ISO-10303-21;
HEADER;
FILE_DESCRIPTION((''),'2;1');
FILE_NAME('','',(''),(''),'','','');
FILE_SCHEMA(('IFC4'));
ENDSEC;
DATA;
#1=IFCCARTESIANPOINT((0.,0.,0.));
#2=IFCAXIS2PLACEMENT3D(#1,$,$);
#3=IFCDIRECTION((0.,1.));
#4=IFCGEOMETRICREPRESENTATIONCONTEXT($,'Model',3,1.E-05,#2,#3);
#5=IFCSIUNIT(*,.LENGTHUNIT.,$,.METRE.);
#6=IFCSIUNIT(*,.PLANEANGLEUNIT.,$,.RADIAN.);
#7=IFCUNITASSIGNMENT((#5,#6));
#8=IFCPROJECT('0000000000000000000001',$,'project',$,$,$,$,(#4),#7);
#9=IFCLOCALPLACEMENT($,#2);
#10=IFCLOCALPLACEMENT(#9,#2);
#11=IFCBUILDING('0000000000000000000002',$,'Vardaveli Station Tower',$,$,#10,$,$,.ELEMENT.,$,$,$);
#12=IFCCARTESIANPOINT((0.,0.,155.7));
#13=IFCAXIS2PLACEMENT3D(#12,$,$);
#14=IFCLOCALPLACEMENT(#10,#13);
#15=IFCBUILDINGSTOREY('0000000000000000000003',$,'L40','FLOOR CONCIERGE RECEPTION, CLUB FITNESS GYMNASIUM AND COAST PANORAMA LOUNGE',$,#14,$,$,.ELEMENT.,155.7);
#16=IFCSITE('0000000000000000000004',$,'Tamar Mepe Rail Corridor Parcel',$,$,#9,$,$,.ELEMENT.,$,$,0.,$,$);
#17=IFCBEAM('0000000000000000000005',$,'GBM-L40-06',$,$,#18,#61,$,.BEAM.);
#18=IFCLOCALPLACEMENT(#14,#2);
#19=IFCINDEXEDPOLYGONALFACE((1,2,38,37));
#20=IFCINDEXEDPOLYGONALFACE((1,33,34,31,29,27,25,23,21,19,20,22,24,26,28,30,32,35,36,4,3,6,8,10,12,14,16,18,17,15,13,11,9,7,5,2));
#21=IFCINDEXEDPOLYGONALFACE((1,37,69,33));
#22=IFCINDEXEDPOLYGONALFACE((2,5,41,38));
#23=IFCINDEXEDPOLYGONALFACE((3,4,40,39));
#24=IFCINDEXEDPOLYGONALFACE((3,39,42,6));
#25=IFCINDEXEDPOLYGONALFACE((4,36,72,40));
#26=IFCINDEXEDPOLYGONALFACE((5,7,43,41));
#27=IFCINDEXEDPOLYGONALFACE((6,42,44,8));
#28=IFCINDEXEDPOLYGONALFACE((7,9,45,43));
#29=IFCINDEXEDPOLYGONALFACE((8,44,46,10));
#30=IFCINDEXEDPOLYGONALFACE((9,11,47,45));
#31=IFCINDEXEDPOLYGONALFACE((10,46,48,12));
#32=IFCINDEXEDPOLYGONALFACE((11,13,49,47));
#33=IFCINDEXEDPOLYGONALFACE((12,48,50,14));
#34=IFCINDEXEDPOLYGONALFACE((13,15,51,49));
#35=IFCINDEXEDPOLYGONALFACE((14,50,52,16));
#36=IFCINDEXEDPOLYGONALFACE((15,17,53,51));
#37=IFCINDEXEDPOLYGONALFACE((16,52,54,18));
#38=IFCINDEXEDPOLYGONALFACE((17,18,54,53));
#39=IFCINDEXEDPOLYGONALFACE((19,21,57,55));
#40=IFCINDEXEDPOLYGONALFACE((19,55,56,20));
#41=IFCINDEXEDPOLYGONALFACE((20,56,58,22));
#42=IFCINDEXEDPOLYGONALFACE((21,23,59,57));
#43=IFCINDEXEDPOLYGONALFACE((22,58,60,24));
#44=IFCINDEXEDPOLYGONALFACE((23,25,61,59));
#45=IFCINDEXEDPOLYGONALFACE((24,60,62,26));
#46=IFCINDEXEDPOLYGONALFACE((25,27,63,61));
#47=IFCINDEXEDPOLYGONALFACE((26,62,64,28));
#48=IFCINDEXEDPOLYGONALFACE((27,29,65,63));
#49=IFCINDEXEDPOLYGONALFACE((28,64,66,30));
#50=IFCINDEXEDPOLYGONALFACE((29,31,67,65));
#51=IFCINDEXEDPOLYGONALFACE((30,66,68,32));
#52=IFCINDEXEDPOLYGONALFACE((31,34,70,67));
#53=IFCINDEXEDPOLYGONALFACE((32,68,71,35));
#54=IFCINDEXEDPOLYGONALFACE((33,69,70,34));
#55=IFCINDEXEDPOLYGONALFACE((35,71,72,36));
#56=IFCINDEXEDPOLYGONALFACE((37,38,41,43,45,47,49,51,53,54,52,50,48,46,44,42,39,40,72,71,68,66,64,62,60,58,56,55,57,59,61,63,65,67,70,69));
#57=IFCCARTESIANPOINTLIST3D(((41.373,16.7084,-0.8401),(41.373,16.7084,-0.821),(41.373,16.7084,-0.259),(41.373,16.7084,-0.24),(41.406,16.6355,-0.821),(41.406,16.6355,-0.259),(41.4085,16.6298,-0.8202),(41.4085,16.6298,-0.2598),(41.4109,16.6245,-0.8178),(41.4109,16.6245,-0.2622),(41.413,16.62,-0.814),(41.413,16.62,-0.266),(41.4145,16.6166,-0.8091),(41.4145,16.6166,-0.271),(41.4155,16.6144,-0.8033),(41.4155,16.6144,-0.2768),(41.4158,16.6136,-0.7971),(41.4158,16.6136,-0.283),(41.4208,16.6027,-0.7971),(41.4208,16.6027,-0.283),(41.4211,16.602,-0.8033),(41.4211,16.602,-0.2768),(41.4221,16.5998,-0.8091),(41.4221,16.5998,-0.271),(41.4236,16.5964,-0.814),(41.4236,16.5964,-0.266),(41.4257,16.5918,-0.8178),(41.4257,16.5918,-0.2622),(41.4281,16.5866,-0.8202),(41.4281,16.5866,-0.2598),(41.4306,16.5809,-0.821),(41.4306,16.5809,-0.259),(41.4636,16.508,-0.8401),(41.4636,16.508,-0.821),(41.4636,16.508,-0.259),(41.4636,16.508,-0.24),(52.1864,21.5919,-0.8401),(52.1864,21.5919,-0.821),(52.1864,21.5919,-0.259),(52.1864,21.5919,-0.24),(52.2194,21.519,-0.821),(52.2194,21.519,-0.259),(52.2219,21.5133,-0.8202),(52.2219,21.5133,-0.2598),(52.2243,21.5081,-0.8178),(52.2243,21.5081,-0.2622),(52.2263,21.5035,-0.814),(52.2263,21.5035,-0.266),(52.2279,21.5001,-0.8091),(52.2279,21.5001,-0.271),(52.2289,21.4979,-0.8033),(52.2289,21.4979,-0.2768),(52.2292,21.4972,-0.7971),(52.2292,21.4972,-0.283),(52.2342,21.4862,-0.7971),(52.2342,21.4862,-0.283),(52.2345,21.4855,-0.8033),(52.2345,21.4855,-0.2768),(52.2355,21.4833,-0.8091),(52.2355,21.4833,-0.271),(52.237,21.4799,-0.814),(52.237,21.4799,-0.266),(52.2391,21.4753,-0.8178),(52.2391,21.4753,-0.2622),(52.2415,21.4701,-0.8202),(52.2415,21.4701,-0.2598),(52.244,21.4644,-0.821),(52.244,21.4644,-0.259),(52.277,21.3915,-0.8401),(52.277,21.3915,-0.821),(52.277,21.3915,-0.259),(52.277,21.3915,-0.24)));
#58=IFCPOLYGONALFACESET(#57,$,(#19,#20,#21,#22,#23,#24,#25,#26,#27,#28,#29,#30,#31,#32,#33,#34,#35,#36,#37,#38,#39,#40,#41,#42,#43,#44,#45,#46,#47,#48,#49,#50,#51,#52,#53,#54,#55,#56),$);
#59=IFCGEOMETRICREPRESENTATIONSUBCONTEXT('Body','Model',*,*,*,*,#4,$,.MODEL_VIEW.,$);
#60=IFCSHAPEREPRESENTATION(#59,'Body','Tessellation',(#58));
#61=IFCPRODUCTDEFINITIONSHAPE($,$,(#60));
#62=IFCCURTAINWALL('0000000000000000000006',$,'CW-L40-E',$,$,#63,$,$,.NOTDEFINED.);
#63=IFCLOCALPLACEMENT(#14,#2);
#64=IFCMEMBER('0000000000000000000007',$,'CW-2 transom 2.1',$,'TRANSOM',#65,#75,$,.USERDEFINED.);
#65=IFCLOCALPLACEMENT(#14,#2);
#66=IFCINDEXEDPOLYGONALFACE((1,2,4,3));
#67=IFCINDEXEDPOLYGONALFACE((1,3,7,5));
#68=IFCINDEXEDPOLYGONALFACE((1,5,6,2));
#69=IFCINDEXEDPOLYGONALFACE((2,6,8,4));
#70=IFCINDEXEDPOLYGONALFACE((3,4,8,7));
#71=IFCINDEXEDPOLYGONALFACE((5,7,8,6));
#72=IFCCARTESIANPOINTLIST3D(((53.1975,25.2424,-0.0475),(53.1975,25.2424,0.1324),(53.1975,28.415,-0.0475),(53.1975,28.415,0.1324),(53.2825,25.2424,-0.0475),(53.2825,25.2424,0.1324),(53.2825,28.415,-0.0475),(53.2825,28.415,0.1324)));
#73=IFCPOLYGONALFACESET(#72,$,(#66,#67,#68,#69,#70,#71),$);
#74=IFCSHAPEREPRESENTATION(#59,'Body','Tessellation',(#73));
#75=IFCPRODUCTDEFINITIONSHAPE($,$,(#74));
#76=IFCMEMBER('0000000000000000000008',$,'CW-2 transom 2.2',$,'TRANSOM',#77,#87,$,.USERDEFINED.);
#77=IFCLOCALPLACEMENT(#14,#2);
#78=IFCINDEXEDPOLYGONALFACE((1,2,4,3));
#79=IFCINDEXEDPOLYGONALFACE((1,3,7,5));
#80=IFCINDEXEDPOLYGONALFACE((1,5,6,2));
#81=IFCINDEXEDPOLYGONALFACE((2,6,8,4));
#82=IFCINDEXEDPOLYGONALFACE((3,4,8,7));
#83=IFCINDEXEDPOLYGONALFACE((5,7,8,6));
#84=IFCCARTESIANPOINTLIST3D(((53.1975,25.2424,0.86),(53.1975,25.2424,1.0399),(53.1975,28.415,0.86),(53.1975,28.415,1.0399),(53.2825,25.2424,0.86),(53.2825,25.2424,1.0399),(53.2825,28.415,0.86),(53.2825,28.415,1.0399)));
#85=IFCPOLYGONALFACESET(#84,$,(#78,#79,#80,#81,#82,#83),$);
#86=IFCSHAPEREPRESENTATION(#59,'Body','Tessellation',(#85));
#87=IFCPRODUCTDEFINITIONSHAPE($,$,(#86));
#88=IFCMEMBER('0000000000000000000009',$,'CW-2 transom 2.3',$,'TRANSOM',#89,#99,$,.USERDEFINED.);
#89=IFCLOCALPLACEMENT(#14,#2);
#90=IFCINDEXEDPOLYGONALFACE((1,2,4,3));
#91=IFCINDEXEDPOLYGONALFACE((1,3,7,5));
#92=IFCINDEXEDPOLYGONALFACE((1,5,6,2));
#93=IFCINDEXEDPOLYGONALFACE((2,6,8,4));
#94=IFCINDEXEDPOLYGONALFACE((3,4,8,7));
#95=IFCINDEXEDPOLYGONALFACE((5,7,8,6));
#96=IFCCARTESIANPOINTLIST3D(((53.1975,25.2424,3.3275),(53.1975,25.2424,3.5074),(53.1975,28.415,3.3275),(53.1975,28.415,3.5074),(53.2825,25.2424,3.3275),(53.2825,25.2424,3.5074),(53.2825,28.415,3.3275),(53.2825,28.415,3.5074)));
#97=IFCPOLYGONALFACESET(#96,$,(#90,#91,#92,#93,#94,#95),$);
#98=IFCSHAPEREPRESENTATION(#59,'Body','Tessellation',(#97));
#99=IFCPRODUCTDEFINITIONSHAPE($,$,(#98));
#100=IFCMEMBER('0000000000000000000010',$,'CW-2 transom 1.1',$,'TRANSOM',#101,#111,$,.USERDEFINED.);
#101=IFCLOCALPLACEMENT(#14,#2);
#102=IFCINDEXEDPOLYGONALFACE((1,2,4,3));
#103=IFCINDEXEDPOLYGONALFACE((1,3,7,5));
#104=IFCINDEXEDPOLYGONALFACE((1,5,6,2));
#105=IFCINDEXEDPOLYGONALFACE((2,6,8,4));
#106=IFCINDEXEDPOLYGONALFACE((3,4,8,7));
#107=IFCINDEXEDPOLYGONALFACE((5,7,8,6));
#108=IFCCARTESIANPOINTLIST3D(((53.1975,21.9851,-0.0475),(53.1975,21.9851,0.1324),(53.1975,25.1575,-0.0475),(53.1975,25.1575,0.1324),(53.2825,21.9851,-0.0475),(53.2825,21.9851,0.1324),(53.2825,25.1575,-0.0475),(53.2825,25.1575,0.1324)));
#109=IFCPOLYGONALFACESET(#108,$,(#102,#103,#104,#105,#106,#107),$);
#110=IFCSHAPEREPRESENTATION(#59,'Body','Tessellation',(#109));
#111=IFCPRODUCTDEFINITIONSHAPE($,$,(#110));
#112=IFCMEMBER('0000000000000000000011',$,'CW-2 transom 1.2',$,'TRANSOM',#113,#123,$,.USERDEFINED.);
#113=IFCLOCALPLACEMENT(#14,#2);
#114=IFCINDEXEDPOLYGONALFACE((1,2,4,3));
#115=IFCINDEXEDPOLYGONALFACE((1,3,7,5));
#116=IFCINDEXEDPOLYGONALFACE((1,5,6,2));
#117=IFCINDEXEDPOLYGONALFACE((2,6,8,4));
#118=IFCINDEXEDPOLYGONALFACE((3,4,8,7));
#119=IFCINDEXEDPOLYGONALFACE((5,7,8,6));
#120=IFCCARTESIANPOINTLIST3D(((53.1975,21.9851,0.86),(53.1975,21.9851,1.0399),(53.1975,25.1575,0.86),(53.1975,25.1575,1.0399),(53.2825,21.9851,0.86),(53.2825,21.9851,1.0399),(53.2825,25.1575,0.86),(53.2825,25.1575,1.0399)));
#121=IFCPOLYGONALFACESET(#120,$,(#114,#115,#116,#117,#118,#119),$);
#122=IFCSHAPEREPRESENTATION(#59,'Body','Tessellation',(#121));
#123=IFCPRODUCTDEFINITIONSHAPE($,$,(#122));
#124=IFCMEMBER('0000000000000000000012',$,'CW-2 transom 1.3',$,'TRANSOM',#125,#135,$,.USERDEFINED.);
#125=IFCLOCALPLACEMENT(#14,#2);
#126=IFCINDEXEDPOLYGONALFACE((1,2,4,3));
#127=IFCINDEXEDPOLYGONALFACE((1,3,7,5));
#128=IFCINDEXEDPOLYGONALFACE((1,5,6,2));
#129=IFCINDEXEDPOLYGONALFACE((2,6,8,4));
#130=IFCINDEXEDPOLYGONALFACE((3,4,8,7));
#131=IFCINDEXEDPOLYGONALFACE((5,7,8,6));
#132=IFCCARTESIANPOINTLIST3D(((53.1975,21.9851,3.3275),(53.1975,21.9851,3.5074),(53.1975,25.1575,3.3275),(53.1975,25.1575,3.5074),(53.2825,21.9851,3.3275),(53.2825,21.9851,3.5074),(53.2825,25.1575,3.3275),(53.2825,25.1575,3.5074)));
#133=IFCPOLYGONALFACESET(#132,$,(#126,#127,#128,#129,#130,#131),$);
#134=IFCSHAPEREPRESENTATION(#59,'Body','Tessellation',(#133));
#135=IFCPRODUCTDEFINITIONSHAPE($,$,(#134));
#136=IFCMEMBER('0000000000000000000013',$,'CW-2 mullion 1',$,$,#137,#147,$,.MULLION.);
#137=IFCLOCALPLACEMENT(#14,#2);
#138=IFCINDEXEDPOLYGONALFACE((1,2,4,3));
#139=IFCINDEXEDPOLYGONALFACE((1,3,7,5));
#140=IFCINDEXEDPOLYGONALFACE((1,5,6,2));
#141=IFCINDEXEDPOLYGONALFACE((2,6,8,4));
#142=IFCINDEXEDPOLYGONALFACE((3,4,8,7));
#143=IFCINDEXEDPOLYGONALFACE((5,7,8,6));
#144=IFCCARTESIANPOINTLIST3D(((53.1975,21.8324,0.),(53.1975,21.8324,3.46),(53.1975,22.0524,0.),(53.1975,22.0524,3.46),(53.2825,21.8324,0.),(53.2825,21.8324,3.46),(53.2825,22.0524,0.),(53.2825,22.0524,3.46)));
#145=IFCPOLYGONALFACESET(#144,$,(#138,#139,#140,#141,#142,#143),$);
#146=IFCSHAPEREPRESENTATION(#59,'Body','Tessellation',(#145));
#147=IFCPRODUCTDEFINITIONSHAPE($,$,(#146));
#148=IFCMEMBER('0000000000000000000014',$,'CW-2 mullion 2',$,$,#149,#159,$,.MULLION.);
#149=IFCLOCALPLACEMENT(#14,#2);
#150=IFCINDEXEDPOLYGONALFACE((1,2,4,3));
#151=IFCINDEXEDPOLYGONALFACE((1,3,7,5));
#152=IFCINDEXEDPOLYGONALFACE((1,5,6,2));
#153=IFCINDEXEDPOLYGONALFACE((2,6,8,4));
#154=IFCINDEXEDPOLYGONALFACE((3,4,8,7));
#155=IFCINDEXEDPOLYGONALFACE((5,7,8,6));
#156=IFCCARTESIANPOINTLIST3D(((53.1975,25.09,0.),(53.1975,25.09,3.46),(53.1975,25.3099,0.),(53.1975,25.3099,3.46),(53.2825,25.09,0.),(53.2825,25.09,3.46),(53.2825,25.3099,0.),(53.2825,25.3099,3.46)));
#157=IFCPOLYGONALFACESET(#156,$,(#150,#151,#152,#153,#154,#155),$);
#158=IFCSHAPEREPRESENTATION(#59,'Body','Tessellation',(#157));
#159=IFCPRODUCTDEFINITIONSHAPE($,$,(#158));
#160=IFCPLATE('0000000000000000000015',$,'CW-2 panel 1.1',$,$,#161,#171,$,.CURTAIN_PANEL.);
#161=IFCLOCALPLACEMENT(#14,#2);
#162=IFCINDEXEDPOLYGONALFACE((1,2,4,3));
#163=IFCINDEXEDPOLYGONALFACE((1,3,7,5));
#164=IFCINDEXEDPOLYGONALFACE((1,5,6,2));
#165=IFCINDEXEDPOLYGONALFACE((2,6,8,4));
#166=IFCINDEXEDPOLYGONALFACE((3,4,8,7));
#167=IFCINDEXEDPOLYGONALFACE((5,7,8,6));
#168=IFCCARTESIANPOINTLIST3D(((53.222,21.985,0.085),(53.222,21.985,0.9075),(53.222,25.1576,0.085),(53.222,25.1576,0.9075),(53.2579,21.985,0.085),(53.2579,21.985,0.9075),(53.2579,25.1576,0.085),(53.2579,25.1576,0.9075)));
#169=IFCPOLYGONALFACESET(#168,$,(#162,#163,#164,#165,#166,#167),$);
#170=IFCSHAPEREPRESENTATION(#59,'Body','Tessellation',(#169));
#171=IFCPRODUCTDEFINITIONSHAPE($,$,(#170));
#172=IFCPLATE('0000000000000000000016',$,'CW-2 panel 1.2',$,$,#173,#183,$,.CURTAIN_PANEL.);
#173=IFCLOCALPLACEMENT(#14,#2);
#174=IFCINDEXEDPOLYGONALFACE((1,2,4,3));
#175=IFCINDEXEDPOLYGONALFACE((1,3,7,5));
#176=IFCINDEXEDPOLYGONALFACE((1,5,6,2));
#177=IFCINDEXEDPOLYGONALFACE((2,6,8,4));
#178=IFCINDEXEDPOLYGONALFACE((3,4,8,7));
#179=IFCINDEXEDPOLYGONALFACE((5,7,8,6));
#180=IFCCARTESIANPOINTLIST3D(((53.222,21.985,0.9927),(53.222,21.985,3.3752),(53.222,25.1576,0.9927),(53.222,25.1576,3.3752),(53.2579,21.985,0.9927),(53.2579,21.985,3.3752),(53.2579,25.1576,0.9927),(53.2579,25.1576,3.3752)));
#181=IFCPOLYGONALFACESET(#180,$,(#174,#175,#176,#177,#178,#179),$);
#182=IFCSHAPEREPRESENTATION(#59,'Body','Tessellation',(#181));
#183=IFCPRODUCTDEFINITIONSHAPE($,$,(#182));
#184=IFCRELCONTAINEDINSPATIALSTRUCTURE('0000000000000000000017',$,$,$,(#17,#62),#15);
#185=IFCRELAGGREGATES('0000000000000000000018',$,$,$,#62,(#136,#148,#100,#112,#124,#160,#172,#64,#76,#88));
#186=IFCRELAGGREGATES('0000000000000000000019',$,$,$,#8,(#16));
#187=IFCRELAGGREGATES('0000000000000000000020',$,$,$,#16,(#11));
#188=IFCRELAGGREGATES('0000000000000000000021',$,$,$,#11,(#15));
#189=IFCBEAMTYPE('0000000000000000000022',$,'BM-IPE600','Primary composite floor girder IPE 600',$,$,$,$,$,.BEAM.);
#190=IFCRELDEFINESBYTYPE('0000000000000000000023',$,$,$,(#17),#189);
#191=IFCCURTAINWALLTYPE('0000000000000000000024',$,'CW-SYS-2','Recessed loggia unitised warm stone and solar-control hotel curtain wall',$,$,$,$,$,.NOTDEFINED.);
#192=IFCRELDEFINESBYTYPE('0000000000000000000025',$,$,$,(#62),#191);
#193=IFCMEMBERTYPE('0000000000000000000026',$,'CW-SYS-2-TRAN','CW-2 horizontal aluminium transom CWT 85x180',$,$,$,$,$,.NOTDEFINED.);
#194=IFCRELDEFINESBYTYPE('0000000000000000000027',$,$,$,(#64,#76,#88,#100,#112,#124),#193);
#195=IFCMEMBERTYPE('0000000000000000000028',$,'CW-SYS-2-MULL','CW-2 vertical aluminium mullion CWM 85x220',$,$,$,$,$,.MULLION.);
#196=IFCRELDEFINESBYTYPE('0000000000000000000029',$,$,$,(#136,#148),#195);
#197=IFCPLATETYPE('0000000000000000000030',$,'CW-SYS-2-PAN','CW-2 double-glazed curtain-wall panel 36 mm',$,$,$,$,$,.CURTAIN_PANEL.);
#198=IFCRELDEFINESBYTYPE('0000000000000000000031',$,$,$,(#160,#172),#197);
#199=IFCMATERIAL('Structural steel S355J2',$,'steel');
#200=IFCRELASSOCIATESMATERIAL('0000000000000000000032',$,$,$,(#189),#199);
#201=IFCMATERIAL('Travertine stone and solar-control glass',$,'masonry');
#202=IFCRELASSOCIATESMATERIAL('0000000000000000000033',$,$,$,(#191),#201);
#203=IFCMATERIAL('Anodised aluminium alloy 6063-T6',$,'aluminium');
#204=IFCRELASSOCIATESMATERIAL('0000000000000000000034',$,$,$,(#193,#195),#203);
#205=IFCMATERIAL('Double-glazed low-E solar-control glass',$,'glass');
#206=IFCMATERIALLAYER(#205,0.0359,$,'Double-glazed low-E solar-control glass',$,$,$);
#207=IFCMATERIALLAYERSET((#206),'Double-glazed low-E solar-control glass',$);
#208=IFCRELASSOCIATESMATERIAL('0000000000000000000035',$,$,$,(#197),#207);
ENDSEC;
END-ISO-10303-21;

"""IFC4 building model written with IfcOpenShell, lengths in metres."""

from ifc_helpers import new_model, si_unit, direction, frame, origin, origin_2d, place, context, subcontext, project, spatial, rectangle, i_section, extrude, source, transform, mapped, material, layer, layer_set, material_profile, profile_set, type_object, element, aggregate, save


model = new_model("IFC4")

# Units and contexts
model_context = context("Model", 3, precision=1e-05, world=origin(), true_north=direction((0.0, 1.0)))
body_context = subcontext(model_context, "Body", "Model", "MODEL_VIEW")
ifc_project = project(units=[si_unit("LENGTHUNIT", "METRE"), si_unit("PLANEANGLEUNIT", "RADIAN")], contexts=[model_context])

# Site, building, storey
site_placement = place(None, origin())
site = spatial("IfcSite", under=ifc_project, at=site_placement, Name="Tamar Mepe Rail Corridor Parcel", CompositionType="ELEMENT", RefElevation=0.0)
building_placement = place(site_placement, origin())
building = spatial("IfcBuilding", under=site, at=building_placement, Name="Vardaveli Station Tower", CompositionType="ELEMENT")
storey_placement = place(building_placement, frame((0.0, 0.0, 155.7)))
storey = spatial("IfcBuildingStorey", under=building, at=storey_placement, Name="L40", Description="FLOOR CONCIERGE RECEPTION, CLUB FITNESS GYMNASIUM AND COAST PANORAMA LOUNGE", CompositionType="ELEMENT", Elevation=155.7)

# Beam
ifc_material_1 = material(Name="Structural steel S355J2", Category="steel")
ifc_material_profile_1 = material_profile(ifc_material_1, i_section(OverallWidth=0.22, OverallDepth=0.6001, WebThickness=0.012, FlangeThickness=0.019, FilletRadius=0.0239, at=origin_2d()), Name="IPE 600")
ifc_profile_set_1 = profile_set([ifc_material_profile_1], Name="Structural steel S355J2")
beam_type_1 = type_object("IfcBeamType", Name="BM-IPE600", Description="Primary composite floor girder IPE 600", PredefinedType="BEAM", material=ifc_profile_set_1)
shared_shape_1 = source(origin(), body_context, "Body", "SweptSolid", [
    extrude(i_section(OverallWidth=0.22, OverallDepth=0.6001, WebThickness=0.012, FlangeThickness=0.019, FilletRadius=0.0239, at=origin_2d()), origin(), (0.0, 0.0, 1.0), 11.865),
])
beam_1_placement = place(storey_placement, frame((52.2317, 21.4917, -0.54), z_axis=(-0.911369, -0.411589, 0.0), x_axis=(0.411589, -0.911369, 0.0)))
element("IfcBeam", 1, at=beam_1_placement, inside=storey, type_object=beam_type_1, Name="GBM-L40-06", PredefinedType="BEAM", context=body_context, shape_type="MappedRepresentation", body=[
    mapped(shared_shape_1, transform((0.0, 0.0, 0.0), scale=1.0)),
])

# Curtain wall, members, plates
ifc_material_2 = material(Name="Travertine stone and solar-control glass", Category="masonry")
curtain_wall_type = type_object("IfcCurtainWallType", Name="CW-SYS-2", Description="Recessed loggia unitised warm stone and solar-control hotel curtain wall", PredefinedType="NOTDEFINED", material=ifc_material_2)
curtain_wall_placement = place(storey_placement, origin())
curtain_wall = element("IfcCurtainWall", 2, at=curtain_wall_placement, inside=storey, type_object=curtain_wall_type, Name="CW-L40-E", PredefinedType="NOTDEFINED")
ifc_material_3 = material(Name="Anodised aluminium alloy 6063-T6", Category="aluminium")
ifc_material_profile_2 = material_profile(ifc_material_3, rectangle(XDim=0.085, YDim=0.1799, at=origin_2d()), Name="CWT 85x180")
ifc_profile_set_2 = profile_set([ifc_material_profile_2], Name="Anodised aluminium alloy 6063-T6")
member_type_1 = type_object("IfcMemberType", Name="CW-SYS-2-TRAN", Description="CW-2 horizontal aluminium transom CWT 85x180", PredefinedType="NOTDEFINED", material=ifc_profile_set_2)
shared_shape_2 = source(origin(), body_context, "Body", "SweptSolid", [
    extrude(rectangle(XDim=0.085, YDim=0.1799, at=origin_2d()), origin(), (0.0, 0.0, 1.0), 3.1726),
])
member_1_placement = place(storey_placement, frame((53.24, 25.2424, 0.0425), z_axis=(0.0, 1.0, 0.0), x_axis=(-1.0, 0.0, 0.0)))
member_1 = element("IfcMember", 3, at=member_1_placement, type_object=member_type_1, Name="CW-2 transom 2.1", ObjectType="TRANSOM", PredefinedType="USERDEFINED", context=body_context, shape_type="MappedRepresentation", body=[
    mapped(shared_shape_2, transform((0.0, 0.0, 0.0), scale=1.0)),
])
member_2_placement = place(storey_placement, frame((53.24, 25.2424, 0.95), z_axis=(0.0, 1.0, 0.0), x_axis=(-1.0, 0.0, 0.0)))
member_2 = element("IfcMember", 4, at=member_2_placement, type_object=member_type_1, Name="CW-2 transom 2.2", ObjectType="TRANSOM", PredefinedType="USERDEFINED", context=body_context, shape_type="MappedRepresentation", body=[
    mapped(shared_shape_2, transform((0.0, 0.0, 0.0), scale=1.0)),
])
member_3_placement = place(storey_placement, frame((53.24, 25.2424, 3.4175), z_axis=(0.0, 1.0, 0.0), x_axis=(-1.0, 0.0, 0.0)))
member_3 = element("IfcMember", 5, at=member_3_placement, type_object=member_type_1, Name="CW-2 transom 2.3", ObjectType="TRANSOM", PredefinedType="USERDEFINED", context=body_context, shape_type="MappedRepresentation", body=[
    mapped(shared_shape_2, transform((0.0, 0.0, 0.0), scale=1.0)),
])
shared_shape_3 = source(origin(), body_context, "Body", "SweptSolid", [
    extrude(rectangle(XDim=0.085, YDim=0.1799, at=origin_2d()), origin(), (0.0, 0.0, 1.0), 3.1724),
])
member_4_placement = place(storey_placement, frame((53.24, 21.9851, 0.0425), z_axis=(0.0, 1.0, 0.0), x_axis=(-1.0, 0.0, 0.0)))
member_4 = element("IfcMember", 6, at=member_4_placement, type_object=member_type_1, Name="CW-2 transom 1.1", ObjectType="TRANSOM", PredefinedType="USERDEFINED", context=body_context, shape_type="MappedRepresentation", body=[
    mapped(shared_shape_3, transform((0.0, 0.0, 0.0), scale=1.0)),
])
member_5_placement = place(storey_placement, frame((53.24, 21.9851, 0.95), z_axis=(0.0, 1.0, 0.0), x_axis=(-1.0, 0.0, 0.0)))
member_5 = element("IfcMember", 7, at=member_5_placement, type_object=member_type_1, Name="CW-2 transom 1.2", ObjectType="TRANSOM", PredefinedType="USERDEFINED", context=body_context, shape_type="MappedRepresentation", body=[
    mapped(shared_shape_3, transform((0.0, 0.0, 0.0), scale=1.0)),
])
member_6_placement = place(storey_placement, frame((53.24, 21.9851, 3.4175), z_axis=(0.0, 1.0, 0.0), x_axis=(-1.0, 0.0, 0.0)))
member_6 = element("IfcMember", 8, at=member_6_placement, type_object=member_type_1, Name="CW-2 transom 1.3", ObjectType="TRANSOM", PredefinedType="USERDEFINED", context=body_context, shape_type="MappedRepresentation", body=[
    mapped(shared_shape_3, transform((0.0, 0.0, 0.0), scale=1.0)),
])
ifc_material_profile_3 = material_profile(ifc_material_3, rectangle(XDim=0.085, YDim=0.22, at=origin_2d()), Name="CWM 85x220")
ifc_profile_set_3 = profile_set([ifc_material_profile_3], Name="Anodised aluminium alloy 6063-T6")
member_type_2 = type_object("IfcMemberType", Name="CW-SYS-2-MULL", Description="CW-2 vertical aluminium mullion CWM 85x220", PredefinedType="MULLION", material=ifc_profile_set_3)
shared_shape_4 = source(origin(), body_context, "Body", "SweptSolid", [
    extrude(rectangle(XDim=0.085, YDim=0.22, at=origin_2d()), origin(), (0.0, 0.0, 1.0), 3.46),
])
member_7_placement = place(storey_placement, frame((53.24, 21.9424, 0.0), z_axis=(0.0, 0.0, 1.0), x_axis=(-1.0, 0.0, 0.0)))
member_7 = element("IfcMember", 9, at=member_7_placement, type_object=member_type_2, Name="CW-2 mullion 1", PredefinedType="MULLION", context=body_context, shape_type="MappedRepresentation", body=[
    mapped(shared_shape_4, transform((0.0, 0.0, 0.0), scale=1.0)),
])
member_8_placement = place(storey_placement, frame((53.24, 25.2, 0.0), z_axis=(0.0, 0.0, 1.0), x_axis=(-1.0, 0.0, 0.0)))
member_8 = element("IfcMember", 10, at=member_8_placement, type_object=member_type_2, Name="CW-2 mullion 2", PredefinedType="MULLION", context=body_context, shape_type="MappedRepresentation", body=[
    mapped(shared_shape_4, transform((0.0, 0.0, 0.0), scale=1.0)),
])
ifc_material_4 = material(Name="Double-glazed low-E solar-control glass", Category="glass")
ifc_layer_1 = layer(ifc_material_4, 0.0359, Name="Double-glazed low-E solar-control glass")
ifc_layer_set_1 = layer_set([ifc_layer_1], Name="Double-glazed low-E solar-control glass")
plate_type = type_object("IfcPlateType", Name="CW-SYS-2-PAN", Description="CW-2 double-glazed curtain-wall panel 36 mm", PredefinedType="CURTAIN_PANEL", material=ifc_layer_set_1)
shared_shape_5 = source(origin(), body_context, "Body", "SweptSolid", [
    extrude(rectangle(XDim=3.1726, YDim=0.0359, at=origin_2d()), origin(), (0.0, 0.0, 1.0), 0.8225),
])
plate_1_placement = place(storey_placement, frame((53.24, 23.5713, 0.085), z_axis=(0.0, 0.0, 1.0), x_axis=(0.0, 1.0, 0.0)))
plate_1 = element("IfcPlate", 11, at=plate_1_placement, type_object=plate_type, Name="CW-2 panel 1.1", PredefinedType="CURTAIN_PANEL", context=body_context, shape_type="MappedRepresentation", body=[
    mapped(shared_shape_5, transform((0.0, 0.0, 0.0), scale=1.0)),
])
shared_shape_6 = source(origin(), body_context, "Body", "SweptSolid", [
    extrude(rectangle(XDim=3.1726, YDim=0.0359, at=origin_2d()), origin(), (0.0, 0.0, 1.0), 2.3826),
])
plate_2_placement = place(storey_placement, frame((53.24, 23.5713, 0.9927), z_axis=(0.0, 0.0, 1.0), x_axis=(0.0, 1.0, 0.0)))
plate_2 = element("IfcPlate", 12, at=plate_2_placement, type_object=plate_type, Name="CW-2 panel 1.2", PredefinedType="CURTAIN_PANEL", context=body_context, shape_type="MappedRepresentation", body=[
    mapped(shared_shape_6, transform((0.0, 0.0, 0.0), scale=1.0)),
])
aggregate(curtain_wall, [member_7, member_8, member_4, member_5, member_6, plate_1, plate_2, member_1, member_2, member_3])

save(model, "model.ifc")
